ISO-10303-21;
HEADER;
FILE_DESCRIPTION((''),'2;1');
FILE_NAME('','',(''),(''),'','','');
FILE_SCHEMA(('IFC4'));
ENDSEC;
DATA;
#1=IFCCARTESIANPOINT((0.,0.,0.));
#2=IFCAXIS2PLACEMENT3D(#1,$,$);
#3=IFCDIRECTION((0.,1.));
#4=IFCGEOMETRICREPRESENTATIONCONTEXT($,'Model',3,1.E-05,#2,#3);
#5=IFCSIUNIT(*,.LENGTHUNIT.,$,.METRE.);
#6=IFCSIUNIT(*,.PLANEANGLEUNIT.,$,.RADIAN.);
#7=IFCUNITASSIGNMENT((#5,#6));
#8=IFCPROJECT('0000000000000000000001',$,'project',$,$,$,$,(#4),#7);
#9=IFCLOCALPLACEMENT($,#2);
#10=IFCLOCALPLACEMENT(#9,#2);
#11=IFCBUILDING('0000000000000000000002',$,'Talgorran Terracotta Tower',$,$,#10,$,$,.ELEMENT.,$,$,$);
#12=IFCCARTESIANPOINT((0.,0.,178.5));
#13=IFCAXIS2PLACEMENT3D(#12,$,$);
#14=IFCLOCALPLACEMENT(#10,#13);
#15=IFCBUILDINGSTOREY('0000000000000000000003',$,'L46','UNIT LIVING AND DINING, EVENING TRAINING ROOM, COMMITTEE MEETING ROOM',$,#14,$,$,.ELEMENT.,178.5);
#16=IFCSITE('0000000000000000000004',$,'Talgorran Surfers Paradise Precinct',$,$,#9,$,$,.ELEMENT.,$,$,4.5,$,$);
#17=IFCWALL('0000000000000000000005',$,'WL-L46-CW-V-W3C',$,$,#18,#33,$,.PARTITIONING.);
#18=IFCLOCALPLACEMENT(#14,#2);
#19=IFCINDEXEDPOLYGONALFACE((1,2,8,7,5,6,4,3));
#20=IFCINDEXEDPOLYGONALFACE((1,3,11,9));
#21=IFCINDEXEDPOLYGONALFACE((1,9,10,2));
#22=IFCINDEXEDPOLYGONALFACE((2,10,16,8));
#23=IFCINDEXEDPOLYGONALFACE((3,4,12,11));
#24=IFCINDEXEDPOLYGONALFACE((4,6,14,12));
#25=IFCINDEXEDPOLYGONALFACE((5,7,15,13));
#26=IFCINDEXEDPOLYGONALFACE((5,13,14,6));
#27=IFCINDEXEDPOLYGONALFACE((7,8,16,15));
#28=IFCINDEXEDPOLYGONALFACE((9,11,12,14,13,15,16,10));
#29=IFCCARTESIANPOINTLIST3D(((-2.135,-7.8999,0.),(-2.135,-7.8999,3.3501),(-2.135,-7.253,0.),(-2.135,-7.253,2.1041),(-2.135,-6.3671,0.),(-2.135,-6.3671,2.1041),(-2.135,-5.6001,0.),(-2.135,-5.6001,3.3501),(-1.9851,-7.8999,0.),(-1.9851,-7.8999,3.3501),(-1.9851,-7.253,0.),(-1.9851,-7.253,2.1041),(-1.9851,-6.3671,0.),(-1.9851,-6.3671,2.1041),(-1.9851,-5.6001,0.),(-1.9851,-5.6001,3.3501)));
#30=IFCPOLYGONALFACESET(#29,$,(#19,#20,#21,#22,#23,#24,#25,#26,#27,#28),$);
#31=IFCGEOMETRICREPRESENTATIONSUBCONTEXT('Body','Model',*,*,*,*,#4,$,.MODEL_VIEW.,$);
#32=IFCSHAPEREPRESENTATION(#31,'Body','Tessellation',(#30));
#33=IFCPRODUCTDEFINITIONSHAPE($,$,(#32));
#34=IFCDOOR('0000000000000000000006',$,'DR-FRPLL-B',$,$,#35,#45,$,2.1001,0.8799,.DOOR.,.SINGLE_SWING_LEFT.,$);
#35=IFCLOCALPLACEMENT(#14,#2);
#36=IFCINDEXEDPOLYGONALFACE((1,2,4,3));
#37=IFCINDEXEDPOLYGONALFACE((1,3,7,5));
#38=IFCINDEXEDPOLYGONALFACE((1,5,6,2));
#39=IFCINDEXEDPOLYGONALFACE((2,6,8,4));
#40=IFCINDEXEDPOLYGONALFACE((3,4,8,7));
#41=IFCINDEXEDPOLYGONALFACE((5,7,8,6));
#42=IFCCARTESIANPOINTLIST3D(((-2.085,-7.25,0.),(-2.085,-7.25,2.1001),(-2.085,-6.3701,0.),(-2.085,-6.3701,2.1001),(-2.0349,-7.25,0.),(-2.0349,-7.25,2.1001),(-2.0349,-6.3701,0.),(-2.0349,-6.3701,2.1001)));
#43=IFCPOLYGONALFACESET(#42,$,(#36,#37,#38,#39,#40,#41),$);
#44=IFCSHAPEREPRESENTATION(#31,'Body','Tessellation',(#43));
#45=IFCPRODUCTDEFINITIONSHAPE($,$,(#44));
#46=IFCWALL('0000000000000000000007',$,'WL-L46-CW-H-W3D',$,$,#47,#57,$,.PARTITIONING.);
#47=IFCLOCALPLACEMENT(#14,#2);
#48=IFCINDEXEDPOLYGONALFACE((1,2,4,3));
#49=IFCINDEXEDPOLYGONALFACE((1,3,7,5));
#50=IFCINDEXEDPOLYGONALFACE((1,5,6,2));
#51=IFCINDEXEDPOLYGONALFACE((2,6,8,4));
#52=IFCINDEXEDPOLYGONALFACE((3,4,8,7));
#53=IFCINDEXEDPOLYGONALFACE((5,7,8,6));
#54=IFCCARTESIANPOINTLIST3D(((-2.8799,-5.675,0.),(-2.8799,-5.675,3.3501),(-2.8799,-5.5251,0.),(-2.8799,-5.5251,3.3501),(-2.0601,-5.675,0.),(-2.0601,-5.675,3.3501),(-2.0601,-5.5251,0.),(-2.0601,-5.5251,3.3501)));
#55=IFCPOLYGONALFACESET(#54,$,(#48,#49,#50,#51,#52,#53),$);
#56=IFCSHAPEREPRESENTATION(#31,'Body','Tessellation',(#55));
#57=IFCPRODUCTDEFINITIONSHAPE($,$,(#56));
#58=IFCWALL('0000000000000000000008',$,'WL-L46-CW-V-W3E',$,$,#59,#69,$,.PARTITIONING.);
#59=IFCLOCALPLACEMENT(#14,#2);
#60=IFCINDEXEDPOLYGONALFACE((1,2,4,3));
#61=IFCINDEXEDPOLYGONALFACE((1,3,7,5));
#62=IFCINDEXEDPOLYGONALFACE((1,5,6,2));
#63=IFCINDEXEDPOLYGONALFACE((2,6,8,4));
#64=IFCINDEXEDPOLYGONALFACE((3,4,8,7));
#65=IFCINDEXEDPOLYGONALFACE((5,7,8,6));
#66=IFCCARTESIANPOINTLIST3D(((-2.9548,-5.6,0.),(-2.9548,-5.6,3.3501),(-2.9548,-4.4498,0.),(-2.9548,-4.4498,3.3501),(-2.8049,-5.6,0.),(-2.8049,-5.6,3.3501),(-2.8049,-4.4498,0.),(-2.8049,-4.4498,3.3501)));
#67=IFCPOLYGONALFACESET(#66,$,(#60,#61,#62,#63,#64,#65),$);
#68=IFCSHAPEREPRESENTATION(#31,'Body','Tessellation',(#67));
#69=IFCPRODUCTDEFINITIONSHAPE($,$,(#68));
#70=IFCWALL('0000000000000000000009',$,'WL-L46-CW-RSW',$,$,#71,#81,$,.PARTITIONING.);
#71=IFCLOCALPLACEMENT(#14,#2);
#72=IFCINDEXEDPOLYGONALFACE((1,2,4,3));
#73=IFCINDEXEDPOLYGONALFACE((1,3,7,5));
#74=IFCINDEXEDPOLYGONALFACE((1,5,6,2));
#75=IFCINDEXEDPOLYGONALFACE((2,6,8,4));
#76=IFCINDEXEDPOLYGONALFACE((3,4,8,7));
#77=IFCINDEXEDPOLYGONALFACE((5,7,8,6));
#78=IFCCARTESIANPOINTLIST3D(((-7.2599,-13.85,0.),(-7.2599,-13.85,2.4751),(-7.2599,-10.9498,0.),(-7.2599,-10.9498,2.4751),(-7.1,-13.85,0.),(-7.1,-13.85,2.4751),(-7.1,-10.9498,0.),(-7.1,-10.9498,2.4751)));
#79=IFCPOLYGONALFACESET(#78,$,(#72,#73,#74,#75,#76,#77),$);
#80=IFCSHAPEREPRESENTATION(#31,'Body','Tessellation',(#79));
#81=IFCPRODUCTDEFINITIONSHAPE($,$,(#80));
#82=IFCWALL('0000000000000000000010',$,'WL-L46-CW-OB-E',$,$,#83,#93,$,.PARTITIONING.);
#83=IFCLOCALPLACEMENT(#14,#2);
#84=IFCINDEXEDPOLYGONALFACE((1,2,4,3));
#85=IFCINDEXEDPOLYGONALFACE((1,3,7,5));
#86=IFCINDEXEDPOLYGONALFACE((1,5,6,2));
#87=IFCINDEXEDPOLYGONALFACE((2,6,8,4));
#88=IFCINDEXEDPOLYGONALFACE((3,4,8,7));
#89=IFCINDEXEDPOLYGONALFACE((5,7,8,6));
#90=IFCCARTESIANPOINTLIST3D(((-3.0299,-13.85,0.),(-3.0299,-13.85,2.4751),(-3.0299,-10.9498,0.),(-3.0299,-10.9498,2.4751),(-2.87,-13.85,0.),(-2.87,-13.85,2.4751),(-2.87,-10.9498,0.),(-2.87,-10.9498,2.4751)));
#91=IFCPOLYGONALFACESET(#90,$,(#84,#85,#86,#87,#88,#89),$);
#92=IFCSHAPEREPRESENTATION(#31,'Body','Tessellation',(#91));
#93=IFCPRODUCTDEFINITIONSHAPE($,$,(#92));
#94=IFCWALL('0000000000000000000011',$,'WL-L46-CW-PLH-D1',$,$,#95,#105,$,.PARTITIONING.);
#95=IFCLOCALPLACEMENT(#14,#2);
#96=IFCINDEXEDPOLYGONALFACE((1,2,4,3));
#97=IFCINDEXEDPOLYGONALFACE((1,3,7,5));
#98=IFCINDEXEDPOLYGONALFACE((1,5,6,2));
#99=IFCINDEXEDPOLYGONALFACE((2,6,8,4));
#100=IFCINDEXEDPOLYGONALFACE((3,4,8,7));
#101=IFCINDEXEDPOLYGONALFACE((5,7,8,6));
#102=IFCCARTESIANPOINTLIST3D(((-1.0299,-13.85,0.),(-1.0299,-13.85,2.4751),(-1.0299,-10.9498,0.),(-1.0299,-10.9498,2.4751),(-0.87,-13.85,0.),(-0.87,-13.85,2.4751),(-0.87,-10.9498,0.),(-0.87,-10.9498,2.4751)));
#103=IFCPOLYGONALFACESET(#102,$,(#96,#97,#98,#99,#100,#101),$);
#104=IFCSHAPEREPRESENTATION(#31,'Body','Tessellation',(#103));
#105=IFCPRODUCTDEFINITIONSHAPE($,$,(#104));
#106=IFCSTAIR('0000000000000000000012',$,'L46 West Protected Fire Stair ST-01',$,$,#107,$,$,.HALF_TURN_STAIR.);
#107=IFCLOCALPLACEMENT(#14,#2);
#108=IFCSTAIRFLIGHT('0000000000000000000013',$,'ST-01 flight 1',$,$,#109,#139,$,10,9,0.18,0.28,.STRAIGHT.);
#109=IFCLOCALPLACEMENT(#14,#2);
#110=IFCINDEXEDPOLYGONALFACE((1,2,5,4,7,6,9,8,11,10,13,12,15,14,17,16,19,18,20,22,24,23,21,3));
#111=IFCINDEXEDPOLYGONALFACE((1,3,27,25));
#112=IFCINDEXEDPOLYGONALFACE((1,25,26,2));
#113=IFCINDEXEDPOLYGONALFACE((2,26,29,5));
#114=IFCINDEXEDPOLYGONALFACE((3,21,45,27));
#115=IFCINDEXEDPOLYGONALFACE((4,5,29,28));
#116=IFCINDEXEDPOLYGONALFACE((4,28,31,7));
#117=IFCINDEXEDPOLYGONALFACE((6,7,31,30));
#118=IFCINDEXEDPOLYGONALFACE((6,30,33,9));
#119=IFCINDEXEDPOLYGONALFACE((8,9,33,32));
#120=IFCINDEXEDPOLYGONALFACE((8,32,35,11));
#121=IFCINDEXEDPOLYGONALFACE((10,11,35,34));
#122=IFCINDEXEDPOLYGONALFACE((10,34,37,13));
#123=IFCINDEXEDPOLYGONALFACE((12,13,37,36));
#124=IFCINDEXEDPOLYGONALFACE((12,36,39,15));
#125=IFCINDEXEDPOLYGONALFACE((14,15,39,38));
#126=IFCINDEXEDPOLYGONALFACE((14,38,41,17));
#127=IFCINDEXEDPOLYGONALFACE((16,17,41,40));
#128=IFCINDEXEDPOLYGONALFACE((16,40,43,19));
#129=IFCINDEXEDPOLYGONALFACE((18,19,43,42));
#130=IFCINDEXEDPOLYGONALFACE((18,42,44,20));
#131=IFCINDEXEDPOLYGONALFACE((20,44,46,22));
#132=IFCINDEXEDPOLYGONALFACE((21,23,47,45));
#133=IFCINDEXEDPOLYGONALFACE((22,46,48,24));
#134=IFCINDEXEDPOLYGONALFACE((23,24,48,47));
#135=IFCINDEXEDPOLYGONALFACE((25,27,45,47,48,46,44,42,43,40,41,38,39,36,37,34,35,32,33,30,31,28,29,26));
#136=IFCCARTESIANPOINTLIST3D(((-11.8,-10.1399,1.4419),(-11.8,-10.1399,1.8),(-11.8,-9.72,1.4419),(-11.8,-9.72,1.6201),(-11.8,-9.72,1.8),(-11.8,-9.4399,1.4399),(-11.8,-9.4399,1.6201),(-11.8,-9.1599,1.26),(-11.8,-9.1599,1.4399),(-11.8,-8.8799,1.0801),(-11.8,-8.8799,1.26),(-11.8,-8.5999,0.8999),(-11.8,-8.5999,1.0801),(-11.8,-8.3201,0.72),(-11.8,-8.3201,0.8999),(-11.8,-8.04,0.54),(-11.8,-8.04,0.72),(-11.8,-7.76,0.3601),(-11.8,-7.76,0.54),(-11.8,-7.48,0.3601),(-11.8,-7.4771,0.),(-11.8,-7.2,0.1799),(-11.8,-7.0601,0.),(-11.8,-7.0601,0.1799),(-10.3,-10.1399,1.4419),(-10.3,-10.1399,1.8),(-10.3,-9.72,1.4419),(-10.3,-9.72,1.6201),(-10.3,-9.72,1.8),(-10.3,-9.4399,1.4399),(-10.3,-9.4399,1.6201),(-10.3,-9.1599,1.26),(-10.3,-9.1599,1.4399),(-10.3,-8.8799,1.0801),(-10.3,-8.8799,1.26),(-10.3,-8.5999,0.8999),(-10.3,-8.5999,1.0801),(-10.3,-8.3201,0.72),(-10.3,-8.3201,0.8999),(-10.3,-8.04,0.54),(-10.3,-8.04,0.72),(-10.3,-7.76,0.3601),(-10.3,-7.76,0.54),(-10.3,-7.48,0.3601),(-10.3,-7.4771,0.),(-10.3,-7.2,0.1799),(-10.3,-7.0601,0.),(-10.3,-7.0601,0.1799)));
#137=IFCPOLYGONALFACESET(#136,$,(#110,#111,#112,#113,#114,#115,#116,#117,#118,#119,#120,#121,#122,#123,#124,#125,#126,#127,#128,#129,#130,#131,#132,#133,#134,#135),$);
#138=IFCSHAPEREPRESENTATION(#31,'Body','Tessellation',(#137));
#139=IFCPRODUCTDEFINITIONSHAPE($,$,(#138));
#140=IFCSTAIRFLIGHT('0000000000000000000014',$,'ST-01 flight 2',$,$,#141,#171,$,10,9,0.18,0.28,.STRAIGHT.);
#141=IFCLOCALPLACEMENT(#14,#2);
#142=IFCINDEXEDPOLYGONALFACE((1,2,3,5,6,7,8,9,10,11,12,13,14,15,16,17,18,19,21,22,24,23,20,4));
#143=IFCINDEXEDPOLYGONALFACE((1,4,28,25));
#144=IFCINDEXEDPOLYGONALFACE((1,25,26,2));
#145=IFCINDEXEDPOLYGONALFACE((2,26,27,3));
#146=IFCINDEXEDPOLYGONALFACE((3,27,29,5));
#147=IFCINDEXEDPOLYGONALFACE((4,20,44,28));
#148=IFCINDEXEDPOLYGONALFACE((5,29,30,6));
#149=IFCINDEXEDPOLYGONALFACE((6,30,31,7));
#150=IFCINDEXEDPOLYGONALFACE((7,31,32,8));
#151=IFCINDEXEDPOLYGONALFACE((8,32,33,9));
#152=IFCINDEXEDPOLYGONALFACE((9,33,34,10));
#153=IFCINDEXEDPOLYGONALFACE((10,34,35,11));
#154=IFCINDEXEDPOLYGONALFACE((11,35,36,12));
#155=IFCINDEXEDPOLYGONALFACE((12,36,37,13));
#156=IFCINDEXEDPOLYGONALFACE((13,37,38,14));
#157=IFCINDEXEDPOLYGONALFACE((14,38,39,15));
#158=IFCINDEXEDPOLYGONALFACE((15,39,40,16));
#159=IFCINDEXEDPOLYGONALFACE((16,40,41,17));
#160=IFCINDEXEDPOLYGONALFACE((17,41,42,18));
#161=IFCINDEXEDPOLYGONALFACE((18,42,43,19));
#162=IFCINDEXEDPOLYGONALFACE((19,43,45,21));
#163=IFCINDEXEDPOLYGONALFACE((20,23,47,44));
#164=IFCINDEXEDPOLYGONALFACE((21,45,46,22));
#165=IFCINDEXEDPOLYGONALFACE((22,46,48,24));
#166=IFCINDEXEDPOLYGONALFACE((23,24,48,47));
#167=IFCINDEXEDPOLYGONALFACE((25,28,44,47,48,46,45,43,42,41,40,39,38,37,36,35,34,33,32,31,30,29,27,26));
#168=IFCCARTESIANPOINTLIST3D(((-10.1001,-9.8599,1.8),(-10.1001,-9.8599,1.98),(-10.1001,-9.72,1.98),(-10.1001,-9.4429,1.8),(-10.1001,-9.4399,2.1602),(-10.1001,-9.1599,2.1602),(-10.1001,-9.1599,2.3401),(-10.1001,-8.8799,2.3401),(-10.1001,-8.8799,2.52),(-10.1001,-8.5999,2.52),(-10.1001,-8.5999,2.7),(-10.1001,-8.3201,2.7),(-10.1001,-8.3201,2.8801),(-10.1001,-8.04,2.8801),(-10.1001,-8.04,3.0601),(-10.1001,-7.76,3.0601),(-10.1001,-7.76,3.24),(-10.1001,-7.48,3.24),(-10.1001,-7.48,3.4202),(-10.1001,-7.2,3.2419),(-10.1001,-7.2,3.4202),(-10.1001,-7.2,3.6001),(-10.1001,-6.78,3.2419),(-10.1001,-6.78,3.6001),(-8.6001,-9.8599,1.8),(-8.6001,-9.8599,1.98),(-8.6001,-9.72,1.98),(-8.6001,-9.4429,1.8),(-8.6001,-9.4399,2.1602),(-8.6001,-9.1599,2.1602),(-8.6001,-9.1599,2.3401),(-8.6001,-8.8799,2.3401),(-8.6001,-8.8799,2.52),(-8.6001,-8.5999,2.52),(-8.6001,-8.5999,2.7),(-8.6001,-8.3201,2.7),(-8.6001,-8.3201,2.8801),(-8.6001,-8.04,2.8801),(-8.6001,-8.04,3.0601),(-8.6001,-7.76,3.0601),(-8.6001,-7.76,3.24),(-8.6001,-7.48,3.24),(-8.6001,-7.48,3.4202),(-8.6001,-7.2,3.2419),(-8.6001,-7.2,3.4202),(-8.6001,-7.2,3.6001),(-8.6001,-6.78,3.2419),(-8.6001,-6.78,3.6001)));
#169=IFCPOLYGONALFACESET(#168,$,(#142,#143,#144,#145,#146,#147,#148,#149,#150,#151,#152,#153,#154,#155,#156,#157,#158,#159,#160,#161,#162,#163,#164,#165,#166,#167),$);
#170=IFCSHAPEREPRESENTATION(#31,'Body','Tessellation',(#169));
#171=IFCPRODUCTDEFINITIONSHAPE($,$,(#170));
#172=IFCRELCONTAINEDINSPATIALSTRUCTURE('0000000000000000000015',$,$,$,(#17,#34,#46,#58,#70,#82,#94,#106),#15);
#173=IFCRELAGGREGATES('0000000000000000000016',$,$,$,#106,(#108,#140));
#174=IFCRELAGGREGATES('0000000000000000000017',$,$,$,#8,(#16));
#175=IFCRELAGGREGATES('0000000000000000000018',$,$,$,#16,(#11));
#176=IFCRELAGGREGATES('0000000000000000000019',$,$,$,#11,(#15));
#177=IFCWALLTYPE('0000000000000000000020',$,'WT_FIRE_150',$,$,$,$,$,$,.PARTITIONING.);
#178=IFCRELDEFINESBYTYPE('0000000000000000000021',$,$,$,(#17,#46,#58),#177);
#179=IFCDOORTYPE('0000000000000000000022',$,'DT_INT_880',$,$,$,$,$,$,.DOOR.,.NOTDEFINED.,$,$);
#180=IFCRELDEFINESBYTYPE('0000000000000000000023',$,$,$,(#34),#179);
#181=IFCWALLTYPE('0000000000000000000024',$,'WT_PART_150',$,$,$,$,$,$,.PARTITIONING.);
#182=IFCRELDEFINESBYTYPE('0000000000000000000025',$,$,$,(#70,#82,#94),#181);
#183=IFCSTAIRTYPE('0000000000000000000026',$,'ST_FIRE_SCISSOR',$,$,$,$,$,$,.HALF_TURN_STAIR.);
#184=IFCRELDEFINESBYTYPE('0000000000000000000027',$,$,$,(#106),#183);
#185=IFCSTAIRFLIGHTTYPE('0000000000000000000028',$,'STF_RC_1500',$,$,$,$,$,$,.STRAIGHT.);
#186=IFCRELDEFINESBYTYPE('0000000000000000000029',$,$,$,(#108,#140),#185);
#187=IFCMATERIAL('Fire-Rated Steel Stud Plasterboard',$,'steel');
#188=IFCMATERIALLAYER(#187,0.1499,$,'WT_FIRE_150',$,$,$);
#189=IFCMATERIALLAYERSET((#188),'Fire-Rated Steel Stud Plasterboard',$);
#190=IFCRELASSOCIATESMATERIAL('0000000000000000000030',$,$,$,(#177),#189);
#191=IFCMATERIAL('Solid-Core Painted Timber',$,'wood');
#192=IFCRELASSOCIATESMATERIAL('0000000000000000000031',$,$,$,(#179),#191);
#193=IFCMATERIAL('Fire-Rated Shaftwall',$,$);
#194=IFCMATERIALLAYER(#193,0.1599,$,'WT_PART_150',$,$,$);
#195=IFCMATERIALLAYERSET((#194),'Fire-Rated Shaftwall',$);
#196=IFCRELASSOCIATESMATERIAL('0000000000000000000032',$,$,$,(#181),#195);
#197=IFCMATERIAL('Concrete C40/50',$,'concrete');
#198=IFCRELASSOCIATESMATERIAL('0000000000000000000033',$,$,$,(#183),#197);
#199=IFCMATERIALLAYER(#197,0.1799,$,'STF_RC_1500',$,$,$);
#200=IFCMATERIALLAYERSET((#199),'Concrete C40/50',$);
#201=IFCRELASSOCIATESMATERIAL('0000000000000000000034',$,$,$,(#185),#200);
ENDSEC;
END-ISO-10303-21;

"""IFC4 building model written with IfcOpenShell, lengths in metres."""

from ifc_helpers import new_model, si_unit, direction, frame, frame_2d, origin, place, context, subcontext, project, spatial, polyline, rectangle, outline, extrude, material, layer, layer_set, type_object, element, fill, aggregate, save


model = new_model("IFC4")

# Units and contexts
model_context = context("Model", 3, precision=1e-05, world=origin(), true_north=direction((0.0, 1.0)))
body_context = subcontext(model_context, "Body", "Model", "MODEL_VIEW")
ifc_project = project(units=[si_unit("LENGTHUNIT", "METRE"), si_unit("PLANEANGLEUNIT", "RADIAN")], contexts=[model_context])

# Site, building, storey
site_placement = place(None, origin())
site = spatial("IfcSite", under=ifc_project, at=site_placement, Name="Talgorran Surfers Paradise Precinct", CompositionType="ELEMENT", RefElevation=4.5)
building_placement = place(site_placement, origin())
building = spatial("IfcBuilding", under=site, at=building_placement, Name="Talgorran Terracotta Tower", CompositionType="ELEMENT")
storey_placement = place(building_placement, frame((0.0, 0.0, 178.5)))
storey = spatial("IfcBuildingStorey", under=building, at=storey_placement, Name="L46", Description="UNIT LIVING AND DINING, EVENING TRAINING ROOM, COMMITTEE MEETING ROOM", CompositionType="ELEMENT", Elevation=178.5)

# Shared definitions
ifc_material_1 = material(Name="Fire-Rated Steel Stud Plasterboard", Category="steel")
ifc_layer_1 = layer(ifc_material_1, 0.1499, Name="WT_FIRE_150")
ifc_layer_set_1 = layer_set([ifc_layer_1], Name="Fire-Rated Steel Stud Plasterboard")
wall_type_1 = type_object("IfcWallType", Name="WT_FIRE_150", PredefinedType="PARTITIONING", material=ifc_layer_set_1)

# Wall, opening, door
wall_1_placement = place(storey_placement, frame((-2.0601, -7.8999, 0.0), z_axis=(0.0, 0.0, 1.0), x_axis=(0.0, 1.0, 0.0)))
wall_1 = element("IfcWall", 1, at=wall_1_placement, inside=storey, type_object=wall_type_1, Name="WL-L46-CW-V-W3C", PredefinedType="PARTITIONING", context=body_context, shape_type="SweptSolid", body=[
    extrude(rectangle(XDim=2.2998, YDim=0.1499, at=frame_2d((1.1499, 0.0))), origin(), (0.0, 0.0, 1.0), 3.3501),
])
opening_1_placement = place(wall_1_placement, frame((0.6499, 0.0, 0.0)))
opening_1 = element("IfcOpeningElement", 2, at=opening_1_placement, cuts=wall_1, PredefinedType="OPENING", context=body_context, shape_type="SweptSolid", body=[
    extrude(rectangle(XDim=0.8859, YDim=2.1041, at=frame_2d((0.4399, 1.052))), frame((0.0, 0.085, 0.0), z_axis=(0.0, -1.0, 0.0), x_axis=(1.0, 0.0, 0.0)), (0.0, 0.0, 1.0), 0.1699),
])
ifc_material_2 = material(Name="Solid-Core Painted Timber", Category="wood")
door_type_1 = type_object("IfcDoorType", Name="DT_INT_880", OperationType="NOTDEFINED", PredefinedType="DOOR", material=ifc_material_2)
door_1_placement = place(opening_1_placement, origin())
door_1 = element("IfcDoor", 3, at=door_1_placement, inside=storey, type_object=door_type_1, Name="DR-FRPLL-B", OperationType="SINGLE_SWING_LEFT", OverallHeight=2.1001, OverallWidth=0.8799, PredefinedType="DOOR", context=body_context, shape_type="SweptSolid", body=[
    extrude(rectangle(XDim=0.8799, YDim=2.1001, at=frame_2d((0.4399, 1.05))), frame((0.0, 0.0249, 0.0), z_axis=(0.0, -1.0, 0.0), x_axis=(1.0, 0.0, 0.0)), (0.0, 0.0, 1.0), 0.05),
])
fill(opening_1, door_1)

# Walls
wall_2_placement = place(storey_placement, frame((-2.8799, -5.6001, 0.0), z_axis=(0.0, 0.0, 1.0), x_axis=(1.0, 0.0, 0.0)))
element("IfcWall", 4, at=wall_2_placement, inside=storey, type_object=wall_type_1, Name="WL-L46-CW-H-W3D", PredefinedType="PARTITIONING", context=body_context, shape_type="SweptSolid", body=[
    extrude(rectangle(XDim=0.8198, YDim=0.1499, at=frame_2d((0.4099, 0.0))), origin(), (0.0, 0.0, 1.0), 3.3501),
])
wall_3_placement = place(storey_placement, frame((-2.8799, -5.6001, 0.0), z_axis=(0.0, 0.0, 1.0), x_axis=(0.0, 1.0, 0.0)))
element("IfcWall", 5, at=wall_3_placement, inside=storey, type_object=wall_type_1, Name="WL-L46-CW-V-W3E", PredefinedType="PARTITIONING", context=body_context, shape_type="SweptSolid", body=[
    extrude(rectangle(XDim=1.1501, YDim=0.1499, at=frame_2d((0.5752, 0.0))), origin(), (0.0, 0.0, 1.0), 3.3501),
])
ifc_material_3 = material(Name="Fire-Rated Shaftwall")
ifc_layer_2 = layer(ifc_material_3, 0.1599, Name="WT_PART_150")
ifc_layer_set_2 = layer_set([ifc_layer_2], Name="Fire-Rated Shaftwall")
wall_type_2 = type_object("IfcWallType", Name="WT_PART_150", PredefinedType="PARTITIONING", material=ifc_layer_set_2)
for number, where, z_axis, x_axis, name in (
    (6, (-7.1799, -13.8501, 0.0), (0.0, 0.0, 1.0), (0.0, 1.0, 0.0), "WL-L46-CW-RSW"),
    (7, (-2.95, -13.8501, 0.0), (0.0, 0.0, 1.0), (0.0, 1.0, 0.0), "WL-L46-CW-OB-E"),
    (8, (-0.95, -13.8501, 0.0), (0.0, 0.0, 1.0), (0.0, 1.0, 0.0), "WL-L46-CW-PLH-D1"),
):
    element("IfcWall", number, at=place(storey_placement, frame(where, z_axis=z_axis, x_axis=x_axis)), inside=storey, type_object=wall_type_2, Name=name, PredefinedType="PARTITIONING", context=body_context, shape_type="SweptSolid", body=[
        extrude(rectangle(XDim=2.9001, YDim=0.1599, at=frame_2d((1.4502, 0.0))), origin(), (0.0, 0.0, 1.0), 2.4751),
    ])

# Stair, stair flights
ifc_material_4 = material(Name="Concrete C40/50", Category="concrete")
stair_type = type_object("IfcStairType", Name="ST_FIRE_SCISSOR", PredefinedType="HALF_TURN_STAIR", material=ifc_material_4)
stair_placement = place(storey_placement, origin())
stair = element("IfcStair", 9, at=stair_placement, inside=storey, type_object=stair_type, Name="L46 West Protected Fire Stair ST-01", PredefinedType="HALF_TURN_STAIR")
ifc_layer_3 = layer(ifc_material_4, 0.1799, Name="STF_RC_1500")
ifc_layer_set_3 = layer_set([ifc_layer_3], Name="Concrete C40/50")
stair_flight_type = type_object("IfcStairFlightType", Name="STF_RC_1500", PredefinedType="STRAIGHT", material=ifc_layer_set_3)
stair_flight_1_placement = place(storey_placement, frame((-11.05, -7.2, 0.0), z_axis=(0.0, 0.0, 1.0), x_axis=(0.0, -1.0, 0.0)))
stair_flight_1 = element("IfcStairFlight", 10, at=stair_flight_1_placement, type_object=stair_flight_type, Name="ST-01 flight 1", NumberOfRisers=10, NumberOfTreads=9, PredefinedType="STRAIGHT", RiserHeight=0.18, TreadLength=0.28, context=body_context, shape_type="SweptSolid", body=[
    extrude(outline(polyline([(-0.1399, 0.0), (-0.1399, 0.1799), (0.0, 0.1799), (0.28, 0.3601), (0.5601, 0.3601), (0.5601, 0.54), (0.8401, 0.54), (0.8401, 0.72), (1.1201, 0.72), (1.1201, 0.8999), (1.3999, 0.8999), (1.3999, 1.0801), (1.6799, 1.0801), (1.6799, 1.26), (1.96, 1.26), (1.96, 1.4399), (2.24, 1.4399), (2.24, 1.6201), (2.52, 1.6201), (2.52, 1.8), (2.9399, 1.8), (2.9399, 1.4419), (2.52, 1.4419), (0.2771, 0.0), (-0.1399, 0.0)])), frame((0.0, 0.75, 0.0), z_axis=(0.0, -1.0, 0.0), x_axis=(1.0, 0.0, 0.0)), (0.0, 0.0, 1.0), 1.5),
])
stair_flight_2_placement = place(storey_placement, frame((-9.3501, -9.72, 1.8), z_axis=(0.0, 0.0, 1.0), x_axis=(0.0, 1.0, 0.0)))
stair_flight_2 = element("IfcStairFlight", 11, at=stair_flight_2_placement, type_object=stair_flight_type, Name="ST-01 flight 2", NumberOfRisers=10, NumberOfTreads=9, PredefinedType="STRAIGHT", RiserHeight=0.18, TreadLength=0.28, context=body_context, shape_type="SweptSolid", body=[
    extrude(outline(polyline([(-0.1399, 0.0), (-0.1399, 0.1799), (0.0, 0.1799), (0.28, 0.3601), (0.5601, 0.3601), (0.5601, 0.54), (0.8401, 0.54), (0.8401, 0.72), (1.1201, 0.72), (1.1201, 0.8999), (1.3999, 0.8999), (1.3999, 1.0801), (1.6799, 1.0801), (1.6799, 1.26), (1.96, 1.26), (1.96, 1.4399), (2.24, 1.4399), (2.24, 1.6201), (2.52, 1.6201), (2.52, 1.8), (2.9399, 1.8), (2.9399, 1.4419), (2.52, 1.4419), (0.2771, 0.0), (-0.1399, 0.0)])), frame((0.0, 0.75, 0.0), z_axis=(0.0, -1.0, 0.0), x_axis=(1.0, 0.0, 0.0)), (0.0, 0.0, 1.0), 1.5),
])
aggregate(stair, [stair_flight_1, stair_flight_2])

save(model, "model.ifc")
